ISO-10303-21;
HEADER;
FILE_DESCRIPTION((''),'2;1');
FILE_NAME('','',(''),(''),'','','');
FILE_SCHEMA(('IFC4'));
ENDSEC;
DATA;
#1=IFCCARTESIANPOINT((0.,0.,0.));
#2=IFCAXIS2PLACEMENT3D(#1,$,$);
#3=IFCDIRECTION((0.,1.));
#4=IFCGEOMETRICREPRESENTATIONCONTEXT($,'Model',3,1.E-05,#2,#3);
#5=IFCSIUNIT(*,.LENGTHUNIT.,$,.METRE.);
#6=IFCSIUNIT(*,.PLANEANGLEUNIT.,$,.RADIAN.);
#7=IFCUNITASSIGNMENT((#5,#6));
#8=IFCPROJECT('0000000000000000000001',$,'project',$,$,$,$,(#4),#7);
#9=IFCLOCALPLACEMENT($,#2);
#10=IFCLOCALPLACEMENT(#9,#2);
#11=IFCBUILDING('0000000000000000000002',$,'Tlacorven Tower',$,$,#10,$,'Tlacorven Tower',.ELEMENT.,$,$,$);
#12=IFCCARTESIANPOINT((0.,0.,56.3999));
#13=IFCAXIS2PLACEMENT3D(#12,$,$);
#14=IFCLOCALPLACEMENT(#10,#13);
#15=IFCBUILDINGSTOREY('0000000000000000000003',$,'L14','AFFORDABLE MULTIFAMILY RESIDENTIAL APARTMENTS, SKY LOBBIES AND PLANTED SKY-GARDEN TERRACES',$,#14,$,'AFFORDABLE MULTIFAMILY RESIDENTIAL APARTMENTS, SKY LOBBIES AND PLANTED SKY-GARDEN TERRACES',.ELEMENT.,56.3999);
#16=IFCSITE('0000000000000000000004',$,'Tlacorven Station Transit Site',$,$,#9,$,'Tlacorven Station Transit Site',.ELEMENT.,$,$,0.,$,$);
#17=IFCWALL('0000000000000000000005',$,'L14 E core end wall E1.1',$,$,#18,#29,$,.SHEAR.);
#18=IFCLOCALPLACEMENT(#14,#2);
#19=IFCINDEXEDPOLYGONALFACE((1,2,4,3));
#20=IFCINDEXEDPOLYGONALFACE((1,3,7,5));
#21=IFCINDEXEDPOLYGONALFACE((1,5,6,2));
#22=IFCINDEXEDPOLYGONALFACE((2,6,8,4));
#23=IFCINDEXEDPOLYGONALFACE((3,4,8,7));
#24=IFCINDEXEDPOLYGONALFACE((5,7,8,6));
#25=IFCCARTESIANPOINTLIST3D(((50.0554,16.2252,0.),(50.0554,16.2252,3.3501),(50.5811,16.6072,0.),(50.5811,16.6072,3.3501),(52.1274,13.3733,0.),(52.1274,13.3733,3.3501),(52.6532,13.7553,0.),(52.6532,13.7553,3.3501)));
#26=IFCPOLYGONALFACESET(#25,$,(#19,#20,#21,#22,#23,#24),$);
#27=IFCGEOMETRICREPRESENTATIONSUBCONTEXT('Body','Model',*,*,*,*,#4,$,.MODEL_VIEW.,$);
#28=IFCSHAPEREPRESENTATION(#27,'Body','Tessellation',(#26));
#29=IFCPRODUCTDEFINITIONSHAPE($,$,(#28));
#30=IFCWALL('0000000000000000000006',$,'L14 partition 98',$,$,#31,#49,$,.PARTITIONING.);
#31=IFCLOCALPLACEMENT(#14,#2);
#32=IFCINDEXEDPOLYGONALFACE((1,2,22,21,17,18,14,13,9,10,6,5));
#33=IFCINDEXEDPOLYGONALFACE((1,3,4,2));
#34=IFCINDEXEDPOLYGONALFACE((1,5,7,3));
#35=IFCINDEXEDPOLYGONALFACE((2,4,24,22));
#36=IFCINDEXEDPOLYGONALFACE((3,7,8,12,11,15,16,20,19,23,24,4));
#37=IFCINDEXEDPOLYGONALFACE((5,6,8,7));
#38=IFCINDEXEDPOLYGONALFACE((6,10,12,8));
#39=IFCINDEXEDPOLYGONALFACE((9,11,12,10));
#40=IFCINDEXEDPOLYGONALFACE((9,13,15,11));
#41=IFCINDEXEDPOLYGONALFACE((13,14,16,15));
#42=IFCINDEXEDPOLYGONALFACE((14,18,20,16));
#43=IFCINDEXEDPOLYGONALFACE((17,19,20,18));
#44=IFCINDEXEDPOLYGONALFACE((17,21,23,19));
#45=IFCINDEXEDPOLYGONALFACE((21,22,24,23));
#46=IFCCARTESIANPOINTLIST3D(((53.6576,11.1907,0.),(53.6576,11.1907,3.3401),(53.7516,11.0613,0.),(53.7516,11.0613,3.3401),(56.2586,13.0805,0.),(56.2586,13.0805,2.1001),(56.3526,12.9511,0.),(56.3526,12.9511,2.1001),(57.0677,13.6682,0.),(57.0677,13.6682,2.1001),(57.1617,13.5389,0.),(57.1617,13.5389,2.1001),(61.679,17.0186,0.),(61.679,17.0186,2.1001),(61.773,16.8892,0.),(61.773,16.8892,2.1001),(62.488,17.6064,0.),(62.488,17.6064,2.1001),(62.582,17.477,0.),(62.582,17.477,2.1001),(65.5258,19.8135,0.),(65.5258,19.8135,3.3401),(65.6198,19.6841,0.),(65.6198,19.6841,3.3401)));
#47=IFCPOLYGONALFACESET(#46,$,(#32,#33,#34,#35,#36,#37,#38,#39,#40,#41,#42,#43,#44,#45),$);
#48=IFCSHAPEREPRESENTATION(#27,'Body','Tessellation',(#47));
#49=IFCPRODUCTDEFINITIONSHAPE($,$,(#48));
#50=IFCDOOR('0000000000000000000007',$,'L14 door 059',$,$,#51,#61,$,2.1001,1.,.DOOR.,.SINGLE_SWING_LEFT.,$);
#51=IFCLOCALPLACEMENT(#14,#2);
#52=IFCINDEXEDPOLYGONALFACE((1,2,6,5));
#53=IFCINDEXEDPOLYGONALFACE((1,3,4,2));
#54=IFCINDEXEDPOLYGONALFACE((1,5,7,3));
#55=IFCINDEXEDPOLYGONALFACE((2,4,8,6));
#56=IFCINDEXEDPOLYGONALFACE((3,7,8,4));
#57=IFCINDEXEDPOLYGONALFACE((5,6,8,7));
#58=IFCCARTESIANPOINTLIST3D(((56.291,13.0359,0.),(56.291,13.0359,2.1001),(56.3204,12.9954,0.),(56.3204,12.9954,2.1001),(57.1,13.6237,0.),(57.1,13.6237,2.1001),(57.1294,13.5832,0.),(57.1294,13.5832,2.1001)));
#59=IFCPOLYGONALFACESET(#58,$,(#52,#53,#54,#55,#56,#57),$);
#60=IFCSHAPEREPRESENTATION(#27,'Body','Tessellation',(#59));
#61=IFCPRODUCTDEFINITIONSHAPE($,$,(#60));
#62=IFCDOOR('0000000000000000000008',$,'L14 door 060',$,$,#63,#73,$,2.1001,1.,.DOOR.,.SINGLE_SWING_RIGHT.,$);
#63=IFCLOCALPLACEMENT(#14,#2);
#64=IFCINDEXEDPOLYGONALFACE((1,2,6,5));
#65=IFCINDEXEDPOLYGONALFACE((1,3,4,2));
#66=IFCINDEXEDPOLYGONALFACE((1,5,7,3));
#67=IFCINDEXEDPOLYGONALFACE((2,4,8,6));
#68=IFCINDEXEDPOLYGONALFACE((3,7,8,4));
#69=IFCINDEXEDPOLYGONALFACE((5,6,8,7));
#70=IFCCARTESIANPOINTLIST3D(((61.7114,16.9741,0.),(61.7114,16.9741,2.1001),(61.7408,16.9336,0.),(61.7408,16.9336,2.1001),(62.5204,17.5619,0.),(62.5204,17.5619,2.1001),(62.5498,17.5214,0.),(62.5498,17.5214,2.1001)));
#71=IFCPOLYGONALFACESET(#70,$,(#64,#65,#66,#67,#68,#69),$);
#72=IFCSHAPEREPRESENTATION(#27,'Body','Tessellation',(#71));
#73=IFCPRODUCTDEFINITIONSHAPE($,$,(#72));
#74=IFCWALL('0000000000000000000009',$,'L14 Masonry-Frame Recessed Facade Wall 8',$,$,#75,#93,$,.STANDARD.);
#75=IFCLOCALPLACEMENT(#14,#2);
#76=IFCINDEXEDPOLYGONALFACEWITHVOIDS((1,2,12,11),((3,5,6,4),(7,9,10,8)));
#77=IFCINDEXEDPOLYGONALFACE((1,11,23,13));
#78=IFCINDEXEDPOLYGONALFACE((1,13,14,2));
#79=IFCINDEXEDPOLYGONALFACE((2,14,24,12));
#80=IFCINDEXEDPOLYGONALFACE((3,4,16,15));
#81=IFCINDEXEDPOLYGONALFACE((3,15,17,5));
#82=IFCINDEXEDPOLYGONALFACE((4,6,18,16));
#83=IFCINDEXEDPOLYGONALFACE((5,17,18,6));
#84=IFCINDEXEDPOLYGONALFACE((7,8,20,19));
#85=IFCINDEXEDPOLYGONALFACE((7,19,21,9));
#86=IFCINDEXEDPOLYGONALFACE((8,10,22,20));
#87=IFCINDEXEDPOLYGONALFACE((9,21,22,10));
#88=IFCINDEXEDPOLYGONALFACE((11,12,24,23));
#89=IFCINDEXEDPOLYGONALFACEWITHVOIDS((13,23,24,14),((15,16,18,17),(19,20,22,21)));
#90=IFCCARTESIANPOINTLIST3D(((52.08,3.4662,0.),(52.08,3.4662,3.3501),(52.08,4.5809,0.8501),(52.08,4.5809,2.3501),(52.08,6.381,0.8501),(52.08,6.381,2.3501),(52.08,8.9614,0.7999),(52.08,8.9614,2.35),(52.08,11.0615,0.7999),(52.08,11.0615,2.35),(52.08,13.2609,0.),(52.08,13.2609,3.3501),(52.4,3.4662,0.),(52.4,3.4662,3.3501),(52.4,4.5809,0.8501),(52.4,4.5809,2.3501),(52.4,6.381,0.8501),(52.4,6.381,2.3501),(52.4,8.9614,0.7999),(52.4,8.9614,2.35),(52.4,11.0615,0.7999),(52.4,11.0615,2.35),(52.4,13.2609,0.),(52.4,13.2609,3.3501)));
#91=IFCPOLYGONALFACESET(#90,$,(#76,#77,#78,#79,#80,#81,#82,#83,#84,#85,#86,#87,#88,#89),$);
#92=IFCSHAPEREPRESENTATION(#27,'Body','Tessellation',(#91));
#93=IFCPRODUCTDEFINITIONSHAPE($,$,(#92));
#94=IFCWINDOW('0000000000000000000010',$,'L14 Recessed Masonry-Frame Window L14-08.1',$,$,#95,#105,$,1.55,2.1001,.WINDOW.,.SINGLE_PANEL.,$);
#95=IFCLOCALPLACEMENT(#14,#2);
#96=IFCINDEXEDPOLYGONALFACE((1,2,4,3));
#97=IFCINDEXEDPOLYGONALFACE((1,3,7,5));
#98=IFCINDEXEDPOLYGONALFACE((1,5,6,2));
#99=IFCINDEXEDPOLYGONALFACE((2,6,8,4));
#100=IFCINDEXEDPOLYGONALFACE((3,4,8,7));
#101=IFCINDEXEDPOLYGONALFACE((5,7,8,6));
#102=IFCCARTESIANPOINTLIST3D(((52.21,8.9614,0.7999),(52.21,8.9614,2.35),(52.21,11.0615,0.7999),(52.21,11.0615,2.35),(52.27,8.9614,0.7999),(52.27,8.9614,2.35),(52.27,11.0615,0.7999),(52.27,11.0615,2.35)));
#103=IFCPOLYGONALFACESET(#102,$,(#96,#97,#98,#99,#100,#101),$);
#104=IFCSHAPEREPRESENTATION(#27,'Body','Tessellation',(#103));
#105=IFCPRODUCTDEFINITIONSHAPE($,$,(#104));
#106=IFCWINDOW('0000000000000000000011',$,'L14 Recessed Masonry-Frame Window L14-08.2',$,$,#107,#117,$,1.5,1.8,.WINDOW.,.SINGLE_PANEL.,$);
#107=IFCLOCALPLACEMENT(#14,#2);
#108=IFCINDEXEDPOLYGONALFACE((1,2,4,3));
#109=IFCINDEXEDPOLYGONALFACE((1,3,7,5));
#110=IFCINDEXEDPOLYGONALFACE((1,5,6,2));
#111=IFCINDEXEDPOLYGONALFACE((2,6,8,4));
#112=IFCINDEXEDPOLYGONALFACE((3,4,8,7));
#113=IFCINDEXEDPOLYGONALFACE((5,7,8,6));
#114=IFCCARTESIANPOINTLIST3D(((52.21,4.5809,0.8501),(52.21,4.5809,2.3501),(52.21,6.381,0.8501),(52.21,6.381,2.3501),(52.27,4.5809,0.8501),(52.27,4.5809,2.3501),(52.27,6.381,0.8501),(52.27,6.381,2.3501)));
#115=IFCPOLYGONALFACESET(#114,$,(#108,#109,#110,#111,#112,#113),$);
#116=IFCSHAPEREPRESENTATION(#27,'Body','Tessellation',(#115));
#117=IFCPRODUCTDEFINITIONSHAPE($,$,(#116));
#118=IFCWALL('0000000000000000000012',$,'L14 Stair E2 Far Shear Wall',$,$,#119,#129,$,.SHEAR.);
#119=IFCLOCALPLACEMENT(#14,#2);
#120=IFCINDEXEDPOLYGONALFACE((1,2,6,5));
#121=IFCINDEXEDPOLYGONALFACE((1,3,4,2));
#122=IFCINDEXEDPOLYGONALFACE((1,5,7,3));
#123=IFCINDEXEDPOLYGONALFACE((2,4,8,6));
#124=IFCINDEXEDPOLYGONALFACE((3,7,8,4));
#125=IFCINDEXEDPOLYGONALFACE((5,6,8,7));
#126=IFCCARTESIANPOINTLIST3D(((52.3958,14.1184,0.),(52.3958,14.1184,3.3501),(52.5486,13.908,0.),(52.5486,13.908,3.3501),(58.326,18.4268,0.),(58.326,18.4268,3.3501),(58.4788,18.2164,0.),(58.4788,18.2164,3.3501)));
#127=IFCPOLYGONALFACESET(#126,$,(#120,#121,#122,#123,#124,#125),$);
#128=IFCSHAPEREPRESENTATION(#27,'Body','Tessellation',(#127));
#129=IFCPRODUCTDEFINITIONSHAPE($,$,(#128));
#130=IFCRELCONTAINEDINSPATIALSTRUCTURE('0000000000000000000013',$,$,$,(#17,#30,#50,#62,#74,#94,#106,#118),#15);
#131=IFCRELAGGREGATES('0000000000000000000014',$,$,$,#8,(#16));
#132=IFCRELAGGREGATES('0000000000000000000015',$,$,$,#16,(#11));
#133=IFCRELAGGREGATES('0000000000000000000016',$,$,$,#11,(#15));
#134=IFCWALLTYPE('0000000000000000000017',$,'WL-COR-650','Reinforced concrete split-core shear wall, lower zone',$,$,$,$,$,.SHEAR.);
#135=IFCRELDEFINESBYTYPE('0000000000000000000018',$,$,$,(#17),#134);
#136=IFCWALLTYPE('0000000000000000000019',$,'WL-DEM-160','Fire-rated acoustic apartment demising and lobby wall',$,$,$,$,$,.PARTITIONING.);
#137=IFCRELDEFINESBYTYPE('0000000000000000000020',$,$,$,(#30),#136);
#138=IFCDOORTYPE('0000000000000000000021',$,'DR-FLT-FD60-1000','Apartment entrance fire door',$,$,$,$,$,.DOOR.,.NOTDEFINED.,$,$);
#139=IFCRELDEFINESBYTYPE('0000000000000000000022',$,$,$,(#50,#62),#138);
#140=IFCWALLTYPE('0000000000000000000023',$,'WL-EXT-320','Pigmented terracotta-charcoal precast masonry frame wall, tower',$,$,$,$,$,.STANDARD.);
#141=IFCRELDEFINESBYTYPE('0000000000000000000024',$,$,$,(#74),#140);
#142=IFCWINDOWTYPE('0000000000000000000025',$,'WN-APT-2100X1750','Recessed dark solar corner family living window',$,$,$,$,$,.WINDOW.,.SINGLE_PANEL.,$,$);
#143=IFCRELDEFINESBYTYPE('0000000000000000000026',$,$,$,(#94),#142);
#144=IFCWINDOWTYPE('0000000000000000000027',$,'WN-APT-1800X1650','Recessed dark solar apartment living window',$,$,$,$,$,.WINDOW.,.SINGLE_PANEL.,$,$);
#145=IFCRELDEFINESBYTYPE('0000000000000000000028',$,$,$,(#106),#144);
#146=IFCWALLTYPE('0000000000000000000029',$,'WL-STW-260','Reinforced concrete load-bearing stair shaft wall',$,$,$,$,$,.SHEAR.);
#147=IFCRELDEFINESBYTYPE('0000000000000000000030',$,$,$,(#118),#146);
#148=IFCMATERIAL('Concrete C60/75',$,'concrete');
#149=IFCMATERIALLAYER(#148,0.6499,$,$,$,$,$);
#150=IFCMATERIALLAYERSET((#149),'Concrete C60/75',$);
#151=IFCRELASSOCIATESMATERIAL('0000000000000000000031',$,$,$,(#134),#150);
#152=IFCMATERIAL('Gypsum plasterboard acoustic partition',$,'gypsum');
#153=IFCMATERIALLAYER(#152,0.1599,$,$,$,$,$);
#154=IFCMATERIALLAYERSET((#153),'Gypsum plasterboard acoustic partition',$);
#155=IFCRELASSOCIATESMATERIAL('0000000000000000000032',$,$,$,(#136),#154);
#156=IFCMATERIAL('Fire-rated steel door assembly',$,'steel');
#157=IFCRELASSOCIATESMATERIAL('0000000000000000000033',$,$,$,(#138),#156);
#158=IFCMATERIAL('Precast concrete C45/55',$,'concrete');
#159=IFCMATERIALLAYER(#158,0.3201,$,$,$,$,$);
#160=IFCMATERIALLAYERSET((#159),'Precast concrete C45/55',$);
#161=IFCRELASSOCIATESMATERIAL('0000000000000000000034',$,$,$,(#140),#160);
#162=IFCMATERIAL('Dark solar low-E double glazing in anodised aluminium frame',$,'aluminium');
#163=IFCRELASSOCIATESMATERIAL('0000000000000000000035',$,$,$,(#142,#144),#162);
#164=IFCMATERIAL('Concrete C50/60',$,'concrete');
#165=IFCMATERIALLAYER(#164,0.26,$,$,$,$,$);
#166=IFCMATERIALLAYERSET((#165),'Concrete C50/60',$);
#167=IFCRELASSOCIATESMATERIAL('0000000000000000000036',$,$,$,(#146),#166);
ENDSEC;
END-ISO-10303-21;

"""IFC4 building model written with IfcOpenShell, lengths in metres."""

from ifc_helpers import new_model, si_unit, direction, frame, frame_2d, origin, place, context, subcontext, project, spatial, rectangle, extrude, source, transform, mapped, material, layer, layer_set, type_object, element, fill, save


model = new_model("IFC4")

# Units and contexts
model_context = context("Model", 3, precision=1e-05, world=origin(), true_north=direction((0.0, 1.0)))
body_context = subcontext(model_context, "Body", "Model", "MODEL_VIEW")
ifc_project = project(units=[si_unit("LENGTHUNIT", "METRE"), si_unit("PLANEANGLEUNIT", "RADIAN")], contexts=[model_context])

# Site, building, storey
site_placement = place(None, origin())
site = spatial("IfcSite", under=ifc_project, at=site_placement, Name="Tlacorven Station Transit Site", LongName="Tlacorven Station Transit Site", CompositionType="ELEMENT", RefElevation=0.0)
building_placement = place(site_placement, origin())
building = spatial("IfcBuilding", under=site, at=building_placement, Name="Tlacorven Tower", LongName="Tlacorven Tower", CompositionType="ELEMENT")
storey_placement = place(building_placement, frame((0.0, 0.0, 56.3999)))
storey = spatial("IfcBuildingStorey", under=building, at=storey_placement, Name="L14", Description="AFFORDABLE MULTIFAMILY RESIDENTIAL APARTMENTS, SKY LOBBIES AND PLANTED SKY-GARDEN TERRACES", LongName="AFFORDABLE MULTIFAMILY RESIDENTIAL APARTMENTS, SKY LOBBIES AND PLANTED SKY-GARDEN TERRACES", CompositionType="ELEMENT", Elevation=56.3999)

# Wall
ifc_material_1 = material(Name="Concrete C60/75", Category="concrete")
ifc_layer_1 = layer(ifc_material_1, 0.6499)
ifc_layer_set_1 = layer_set([ifc_layer_1], Name="Concrete C60/75")
wall_type_1 = type_object("IfcWallType", Name="WL-COR-650", Description="Reinforced concrete split-core shear wall, lower zone", PredefinedType="SHEAR", material=ifc_layer_set_1)
wall_1_placement = place(storey_placement, frame((52.3904, 13.5642, 0.0), z_axis=(0.0, 0.0, 1.0), x_axis=(-0.587797, 0.809009, 0.0)))
element("IfcWall", 1, at=wall_1_placement, inside=storey, type_object=wall_type_1, Name="L14 E core end wall E1.1", PredefinedType="SHEAR", context=body_context, shape_type="SweptSolid", body=[
    extrude(rectangle(XDim=3.5251, YDim=0.6499, at=frame_2d((1.7627, 0.0))), origin(), (0.0, 0.0, 1.0), 3.3501),
])

# Wall, openings, doors
ifc_material_2 = material(Name="Gypsum plasterboard acoustic partition", Category="gypsum")
ifc_layer_2 = layer(ifc_material_2, 0.1599)
ifc_layer_set_2 = layer_set([ifc_layer_2], Name="Gypsum plasterboard acoustic partition")
wall_type_2 = type_object("IfcWallType", Name="WL-DEM-160", Description="Fire-rated acoustic apartment demising and lobby wall", PredefinedType="PARTITIONING", material=ifc_layer_set_2)
wall_2_placement = place(storey_placement, frame((53.7046, 11.126, 0.0), z_axis=(0.0, 0.0, 1.0), x_axis=(0.809015, 0.587789, 0.0)))
wall_2 = element("IfcWall", 2, at=wall_2_placement, inside=storey, type_object=wall_type_2, Name="L14 partition 98", PredefinedType="PARTITIONING", context=body_context, shape_type="SweptSolid", body=[
    extrude(rectangle(XDim=14.6699, YDim=0.1599, at=frame_2d((7.335, 0.0))), origin(), (0.0, 0.0, 1.0), 3.3401),
])
opening_1_placement = place(wall_2_placement, frame((3.2151, 0.0, 0.0)))
opening_1 = element("IfcOpeningElement", 3, at=opening_1_placement, cuts=wall_2, PredefinedType="OPENING", context=body_context, shape_type="SweptSolid", body=[
    extrude(rectangle(XDim=1.0, YDim=2.1001, at=frame_2d((0.5, 1.05))), frame((0.0, 0.0898, 0.0), z_axis=(0.0, -1.0, 0.0), x_axis=(1.0, 0.0, 0.0)), (0.0, 0.0, 1.0), 0.1799),
])
opening_2_placement = place(wall_2_placement, frame((9.915, 0.0, 0.0)))
opening_2 = element("IfcOpeningElement", 4, at=opening_2_placement, cuts=wall_2, PredefinedType="OPENING", context=body_context, shape_type="SweptSolid", body=[
    extrude(rectangle(XDim=1.0, YDim=2.1001, at=frame_2d((0.5, 1.05))), frame((0.0, 0.0898, 0.0), z_axis=(0.0, -1.0, 0.0), x_axis=(1.0, 0.0, 0.0)), (0.0, 0.0, 1.0), 0.1799),
])
ifc_material_3 = material(Name="Fire-rated steel door assembly", Category="steel")
door_type = type_object("IfcDoorType", Name="DR-FLT-FD60-1000", Description="Apartment entrance fire door", OperationType="NOTDEFINED", PredefinedType="DOOR", material=ifc_material_3)
shared_shape_1 = source(origin(), body_context, "Body", "SweptSolid", [
    extrude(rectangle(XDim=1.0, YDim=2.1001, at=frame_2d((0.5, 1.05))), frame((0.0, 0.0249, 0.0), z_axis=(0.0, -1.0, 0.0), x_axis=(1.0, 0.0, 0.0)), (0.0, 0.0, 1.0), 0.05),
])
door_1_placement = place(opening_1_placement, origin())
door_1 = element("IfcDoor", 5, at=door_1_placement, inside=storey, type_object=door_type, Name="L14 door 059", OperationType="SINGLE_SWING_LEFT", OverallHeight=2.1001, OverallWidth=1.0, PredefinedType="DOOR", context=body_context, shape_type="MappedRepresentation", body=[
    mapped(shared_shape_1, transform((0.0, 0.0, 0.0), scale=1.0)),
])
fill(opening_1, door_1)
door_2_placement = place(opening_2_placement, origin())
door_2 = element("IfcDoor", 6, at=door_2_placement, inside=storey, type_object=door_type, Name="L14 door 060", OperationType="SINGLE_SWING_RIGHT", OverallHeight=2.1001, OverallWidth=1.0, PredefinedType="DOOR", context=body_context, shape_type="MappedRepresentation", body=[
    mapped(shared_shape_1, transform((0.0, 0.0, 0.0), scale=1.0)),
])
fill(opening_2, door_2)

# Wall, openings, windows
ifc_material_4 = material(Name="Precast concrete C45/55", Category="concrete")
ifc_layer_3 = layer(ifc_material_4, 0.3201)
ifc_layer_set_3 = layer_set([ifc_layer_3], Name="Precast concrete C45/55")
wall_type_3 = type_object("IfcWallType", Name="WL-EXT-320", Description="Pigmented terracotta-charcoal precast masonry frame wall, tower", PredefinedType="STANDARD", material=ifc_layer_set_3)
wall_3_placement = place(storey_placement, frame((52.24, 13.261, 0.0), z_axis=(0.0, 0.0, 1.0), x_axis=(0.0, -1.0, 0.0)))
wall_3 = element("IfcWall", 7, at=wall_3_placement, inside=storey, type_object=wall_type_3, Name="L14 Masonry-Frame Recessed Facade Wall 8", PredefinedType="STANDARD", context=body_context, shape_type="SweptSolid", body=[
    extrude(rectangle(XDim=9.7947, YDim=0.3201, at=frame_2d((4.8975, 0.0))), origin(), (0.0, 0.0, 1.0), 3.3501),
])
opening_3_placement = place(wall_3_placement, frame((2.1995, 0.0, 0.8)))
opening_3 = element("IfcOpeningElement", 8, at=opening_3_placement, cuts=wall_3, PredefinedType="OPENING", context=body_context, shape_type="SweptSolid", body=[
    extrude(rectangle(XDim=2.1001, YDim=1.55, at=frame_2d((1.05, 0.7749))), frame((0.0, 0.1699, 0.0), z_axis=(0.0, -1.0, 0.0), x_axis=(1.0, 0.0, 0.0)), (0.0, 0.0, 1.0), 0.3401),
])
opening_4_placement = place(wall_3_placement, frame((6.8801, 0.0, 0.8501)))
opening_4 = element("IfcOpeningElement", 9, at=opening_4_placement, cuts=wall_3, PredefinedType="OPENING", context=body_context, shape_type="SweptSolid", body=[
    extrude(rectangle(XDim=1.8, YDim=1.5, at=frame_2d((0.8999, 0.75))), frame((0.0, 0.1699, 0.0), z_axis=(0.0, -1.0, 0.0), x_axis=(1.0, 0.0, 0.0)), (0.0, 0.0, 1.0), 0.3401),
])
ifc_material_5 = material(Name="Dark solar low-E double glazing in anodised aluminium frame", Category="aluminium")
window_type_1 = type_object("IfcWindowType", Name="WN-APT-2100X1750", Description="Recessed dark solar corner family living window", PartitioningType="SINGLE_PANEL", PredefinedType="WINDOW", material=ifc_material_5)
shared_shape_2 = source(origin(), body_context, "Body", "SweptSolid", [
    extrude(rectangle(XDim=2.1001, YDim=1.55, at=frame_2d((1.05, 0.7749))), frame((0.0, 0.03, 0.0), z_axis=(0.0, -1.0, 0.0), x_axis=(1.0, 0.0, 0.0)), (0.0, 0.0, 1.0), 0.0601),
])
window_1_placement = place(opening_3_placement, origin())
window_1 = element("IfcWindow", 10, at=window_1_placement, inside=storey, type_object=window_type_1, Name="L14 Recessed Masonry-Frame Window L14-08.1", OverallHeight=1.55, OverallWidth=2.1001, PartitioningType="SINGLE_PANEL", PredefinedType="WINDOW", context=body_context, shape_type="MappedRepresentation", body=[
    mapped(shared_shape_2, transform((0.0, 0.0, 0.0), scale=1.0)),
])
fill(opening_3, window_1)
window_type_2 = type_object("IfcWindowType", Name="WN-APT-1800X1650", Description="Recessed dark solar apartment living window", PartitioningType="SINGLE_PANEL", PredefinedType="WINDOW", material=ifc_material_5)
shared_shape_3 = source(origin(), body_context, "Body", "SweptSolid", [
    extrude(rectangle(XDim=1.8, YDim=1.5, at=frame_2d((0.8999, 0.75))), frame((0.0, 0.03, 0.0), z_axis=(0.0, -1.0, 0.0), x_axis=(1.0, 0.0, 0.0)), (0.0, 0.0, 1.0), 0.0601),
])
window_2_placement = place(opening_4_placement, origin())
window_2 = element("IfcWindow", 11, at=window_2_placement, inside=storey, type_object=window_type_2, Name="L14 Recessed Masonry-Frame Window L14-08.2", OverallHeight=1.5, OverallWidth=1.8, PartitioningType="SINGLE_PANEL", PredefinedType="WINDOW", context=body_context, shape_type="MappedRepresentation", body=[
    mapped(shared_shape_3, transform((0.0, 0.0, 0.0), scale=1.0)),
])
fill(opening_4, window_2)

# Wall
ifc_material_6 = material(Name="Concrete C50/60", Category="concrete")
ifc_layer_4 = layer(ifc_material_6, 0.26)
ifc_layer_set_4 = layer_set([ifc_layer_4], Name="Concrete C50/60")
wall_type_4 = type_object("IfcWallType", Name="WL-STW-260", Description="Reinforced concrete load-bearing stair shaft wall", PredefinedType="SHEAR", material=ifc_layer_set_4)
wall_4_placement = place(storey_placement, frame((52.4722, 14.0132, 0.0), z_axis=(0.0, 0.0, 1.0), x_axis=(0.809028, 0.58777, 0.0)))
element("IfcWall", 12, at=wall_4_placement, inside=storey, type_object=wall_type_4, Name="L14 Stair E2 Far Shear Wall", PredefinedType="SHEAR", context=body_context, shape_type="SweptSolid", body=[
    extrude(rectangle(XDim=7.3301, YDim=0.26, at=frame_2d((3.665, 0.0))), origin(), (0.0, 0.0, 1.0), 3.3501),
])

save(model, "model.ifc")
